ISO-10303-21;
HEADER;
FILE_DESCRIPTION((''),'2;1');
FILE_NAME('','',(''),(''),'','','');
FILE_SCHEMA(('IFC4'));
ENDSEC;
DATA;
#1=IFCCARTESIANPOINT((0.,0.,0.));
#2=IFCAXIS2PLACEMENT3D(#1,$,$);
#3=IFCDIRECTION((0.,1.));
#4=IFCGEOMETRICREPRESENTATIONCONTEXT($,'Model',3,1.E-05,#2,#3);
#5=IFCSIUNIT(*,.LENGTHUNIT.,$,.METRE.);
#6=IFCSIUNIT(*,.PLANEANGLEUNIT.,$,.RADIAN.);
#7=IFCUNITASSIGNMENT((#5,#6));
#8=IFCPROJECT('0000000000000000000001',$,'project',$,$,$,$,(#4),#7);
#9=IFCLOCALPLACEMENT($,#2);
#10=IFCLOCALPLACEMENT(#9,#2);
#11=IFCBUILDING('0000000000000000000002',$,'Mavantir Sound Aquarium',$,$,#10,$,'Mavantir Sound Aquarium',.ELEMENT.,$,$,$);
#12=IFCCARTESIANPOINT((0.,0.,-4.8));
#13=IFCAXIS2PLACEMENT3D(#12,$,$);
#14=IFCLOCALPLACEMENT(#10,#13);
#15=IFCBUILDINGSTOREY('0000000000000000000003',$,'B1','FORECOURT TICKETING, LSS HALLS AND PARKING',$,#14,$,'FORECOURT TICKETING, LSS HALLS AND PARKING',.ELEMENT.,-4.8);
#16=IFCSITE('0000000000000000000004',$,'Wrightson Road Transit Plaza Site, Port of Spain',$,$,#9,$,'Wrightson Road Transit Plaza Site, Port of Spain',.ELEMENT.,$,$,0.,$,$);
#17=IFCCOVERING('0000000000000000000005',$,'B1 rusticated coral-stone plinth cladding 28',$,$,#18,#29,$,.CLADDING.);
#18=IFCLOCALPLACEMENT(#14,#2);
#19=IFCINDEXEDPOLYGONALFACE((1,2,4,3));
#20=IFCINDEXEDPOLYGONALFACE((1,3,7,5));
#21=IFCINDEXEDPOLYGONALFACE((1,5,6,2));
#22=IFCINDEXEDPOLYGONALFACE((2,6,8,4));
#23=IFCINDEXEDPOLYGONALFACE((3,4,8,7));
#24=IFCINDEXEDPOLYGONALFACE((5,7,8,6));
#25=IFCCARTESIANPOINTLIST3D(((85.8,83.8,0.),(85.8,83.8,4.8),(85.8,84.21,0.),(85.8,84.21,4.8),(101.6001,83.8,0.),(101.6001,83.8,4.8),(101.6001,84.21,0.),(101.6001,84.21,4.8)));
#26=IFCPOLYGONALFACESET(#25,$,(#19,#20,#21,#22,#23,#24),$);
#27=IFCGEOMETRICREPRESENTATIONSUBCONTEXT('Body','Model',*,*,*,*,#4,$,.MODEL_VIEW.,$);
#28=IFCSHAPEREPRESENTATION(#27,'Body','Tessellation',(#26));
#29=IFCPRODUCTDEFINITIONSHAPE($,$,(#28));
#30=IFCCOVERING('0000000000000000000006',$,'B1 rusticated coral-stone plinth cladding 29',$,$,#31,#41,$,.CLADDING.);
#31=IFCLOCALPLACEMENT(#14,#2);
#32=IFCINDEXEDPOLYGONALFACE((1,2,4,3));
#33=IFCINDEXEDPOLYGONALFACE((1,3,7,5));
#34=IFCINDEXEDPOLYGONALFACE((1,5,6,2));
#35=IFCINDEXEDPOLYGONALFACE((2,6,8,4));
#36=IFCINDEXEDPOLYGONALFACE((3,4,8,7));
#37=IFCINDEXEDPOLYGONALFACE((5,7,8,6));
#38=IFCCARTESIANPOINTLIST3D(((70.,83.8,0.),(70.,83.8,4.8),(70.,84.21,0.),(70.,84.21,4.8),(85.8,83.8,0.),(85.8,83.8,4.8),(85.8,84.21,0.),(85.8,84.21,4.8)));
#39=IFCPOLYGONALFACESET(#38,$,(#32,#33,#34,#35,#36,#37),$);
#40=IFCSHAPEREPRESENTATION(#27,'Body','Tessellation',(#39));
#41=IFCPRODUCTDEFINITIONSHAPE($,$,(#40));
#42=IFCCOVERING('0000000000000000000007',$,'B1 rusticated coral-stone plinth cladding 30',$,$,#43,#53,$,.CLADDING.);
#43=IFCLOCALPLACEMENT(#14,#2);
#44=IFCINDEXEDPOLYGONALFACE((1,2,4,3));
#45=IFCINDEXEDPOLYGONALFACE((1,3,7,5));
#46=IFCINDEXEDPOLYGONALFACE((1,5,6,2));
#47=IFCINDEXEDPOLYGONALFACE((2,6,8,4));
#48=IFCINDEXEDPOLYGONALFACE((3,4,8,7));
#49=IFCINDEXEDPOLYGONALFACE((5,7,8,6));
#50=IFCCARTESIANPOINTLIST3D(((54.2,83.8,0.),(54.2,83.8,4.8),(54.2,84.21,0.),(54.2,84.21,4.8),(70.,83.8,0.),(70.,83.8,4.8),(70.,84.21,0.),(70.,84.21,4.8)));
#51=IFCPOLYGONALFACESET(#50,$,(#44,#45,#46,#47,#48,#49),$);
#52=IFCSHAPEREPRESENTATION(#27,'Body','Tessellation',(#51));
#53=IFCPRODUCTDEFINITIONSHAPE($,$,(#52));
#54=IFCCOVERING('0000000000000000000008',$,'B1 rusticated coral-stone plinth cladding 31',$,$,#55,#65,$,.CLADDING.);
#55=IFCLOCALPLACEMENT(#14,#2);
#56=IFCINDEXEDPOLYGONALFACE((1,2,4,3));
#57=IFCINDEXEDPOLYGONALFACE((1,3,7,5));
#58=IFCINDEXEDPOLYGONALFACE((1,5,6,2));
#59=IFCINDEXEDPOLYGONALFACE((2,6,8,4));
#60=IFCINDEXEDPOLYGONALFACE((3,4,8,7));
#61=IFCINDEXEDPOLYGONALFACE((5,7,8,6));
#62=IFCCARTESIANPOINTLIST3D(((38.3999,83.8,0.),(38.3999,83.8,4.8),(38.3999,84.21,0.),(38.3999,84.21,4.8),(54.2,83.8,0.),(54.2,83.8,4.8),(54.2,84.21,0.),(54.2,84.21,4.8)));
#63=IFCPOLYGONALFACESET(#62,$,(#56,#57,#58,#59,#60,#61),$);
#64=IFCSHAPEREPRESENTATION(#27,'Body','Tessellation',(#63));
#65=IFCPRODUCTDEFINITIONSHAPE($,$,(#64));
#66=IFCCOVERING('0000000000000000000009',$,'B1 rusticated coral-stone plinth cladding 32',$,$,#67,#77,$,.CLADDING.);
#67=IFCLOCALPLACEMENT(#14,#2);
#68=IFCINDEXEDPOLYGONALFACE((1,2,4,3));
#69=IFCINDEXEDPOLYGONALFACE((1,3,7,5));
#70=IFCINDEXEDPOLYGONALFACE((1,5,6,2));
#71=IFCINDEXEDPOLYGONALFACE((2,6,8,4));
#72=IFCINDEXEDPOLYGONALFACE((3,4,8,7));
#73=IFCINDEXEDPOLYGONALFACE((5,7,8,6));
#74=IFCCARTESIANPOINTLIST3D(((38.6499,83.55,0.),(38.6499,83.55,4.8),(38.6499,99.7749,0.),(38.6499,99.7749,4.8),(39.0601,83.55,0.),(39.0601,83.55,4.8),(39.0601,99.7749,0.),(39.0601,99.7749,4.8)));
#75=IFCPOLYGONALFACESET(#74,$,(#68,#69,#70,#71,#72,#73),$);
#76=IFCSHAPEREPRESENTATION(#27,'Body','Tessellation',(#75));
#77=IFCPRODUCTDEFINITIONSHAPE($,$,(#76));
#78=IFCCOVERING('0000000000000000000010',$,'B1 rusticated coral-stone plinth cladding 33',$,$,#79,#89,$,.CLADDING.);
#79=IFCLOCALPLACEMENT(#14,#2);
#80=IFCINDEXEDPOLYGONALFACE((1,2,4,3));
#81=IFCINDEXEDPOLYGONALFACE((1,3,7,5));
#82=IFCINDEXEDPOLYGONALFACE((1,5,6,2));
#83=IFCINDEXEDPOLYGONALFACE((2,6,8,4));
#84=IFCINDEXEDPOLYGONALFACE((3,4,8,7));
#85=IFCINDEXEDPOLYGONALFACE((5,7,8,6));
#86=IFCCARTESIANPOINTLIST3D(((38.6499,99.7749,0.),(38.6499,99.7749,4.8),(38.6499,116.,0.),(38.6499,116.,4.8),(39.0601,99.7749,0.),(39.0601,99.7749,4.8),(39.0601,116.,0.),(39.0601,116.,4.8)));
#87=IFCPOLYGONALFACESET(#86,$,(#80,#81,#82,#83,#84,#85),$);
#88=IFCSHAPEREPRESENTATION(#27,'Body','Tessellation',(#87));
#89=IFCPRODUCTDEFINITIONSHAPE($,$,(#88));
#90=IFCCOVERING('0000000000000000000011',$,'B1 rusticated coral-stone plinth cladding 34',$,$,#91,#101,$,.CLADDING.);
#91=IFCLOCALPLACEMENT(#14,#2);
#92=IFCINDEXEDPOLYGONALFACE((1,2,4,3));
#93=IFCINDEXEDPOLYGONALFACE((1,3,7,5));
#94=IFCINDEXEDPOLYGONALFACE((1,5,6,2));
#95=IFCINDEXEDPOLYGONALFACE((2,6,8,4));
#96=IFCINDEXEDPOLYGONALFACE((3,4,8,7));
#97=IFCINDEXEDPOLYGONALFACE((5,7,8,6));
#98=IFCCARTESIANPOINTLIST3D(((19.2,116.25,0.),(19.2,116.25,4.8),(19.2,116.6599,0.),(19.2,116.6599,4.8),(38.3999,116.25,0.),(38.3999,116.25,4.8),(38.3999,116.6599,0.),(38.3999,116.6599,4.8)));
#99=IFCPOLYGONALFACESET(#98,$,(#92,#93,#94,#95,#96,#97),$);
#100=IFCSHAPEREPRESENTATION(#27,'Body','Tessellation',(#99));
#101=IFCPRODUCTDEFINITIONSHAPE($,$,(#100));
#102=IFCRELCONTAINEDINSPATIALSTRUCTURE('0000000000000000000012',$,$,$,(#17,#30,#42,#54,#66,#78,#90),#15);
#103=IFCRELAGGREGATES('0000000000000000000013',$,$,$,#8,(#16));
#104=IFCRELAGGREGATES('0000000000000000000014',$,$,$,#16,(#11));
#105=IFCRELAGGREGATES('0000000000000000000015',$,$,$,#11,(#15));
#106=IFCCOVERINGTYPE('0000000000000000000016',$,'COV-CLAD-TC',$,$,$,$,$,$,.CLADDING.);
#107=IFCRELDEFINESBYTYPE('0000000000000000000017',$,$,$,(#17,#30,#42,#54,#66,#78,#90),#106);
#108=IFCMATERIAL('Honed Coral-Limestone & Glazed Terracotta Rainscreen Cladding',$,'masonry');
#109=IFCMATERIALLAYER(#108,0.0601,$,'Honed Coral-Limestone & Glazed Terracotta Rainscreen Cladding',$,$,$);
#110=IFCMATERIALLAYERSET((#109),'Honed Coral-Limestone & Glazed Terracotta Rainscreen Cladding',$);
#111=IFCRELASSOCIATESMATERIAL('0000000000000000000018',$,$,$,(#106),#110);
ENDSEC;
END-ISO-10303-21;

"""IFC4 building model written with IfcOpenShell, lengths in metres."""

from ifc_helpers import new_model, si_unit, direction, frame, origin, place, context, subcontext, project, spatial, polyline, outline, extrude, material, layer, layer_set, type_object, element, save


model = new_model("IFC4")

# Units and contexts
model_context = context("Model", 3, precision=1e-05, world=origin(), true_north=direction((0.0, 1.0)))
body_context = subcontext(model_context, "Body", "Model", "MODEL_VIEW")
ifc_project = project(units=[si_unit("LENGTHUNIT", "METRE"), si_unit("PLANEANGLEUNIT", "RADIAN")], contexts=[model_context])

# Site, building, storey
site_placement = place(None, origin())
site = spatial("IfcSite", under=ifc_project, at=site_placement, Name="Wrightson Road Transit Plaza Site, Port of Spain", LongName="Wrightson Road Transit Plaza Site, Port of Spain", CompositionType="ELEMENT", RefElevation=0.0)
building_placement = place(site_placement, origin())
building = spatial("IfcBuilding", under=site, at=building_placement, Name="Mavantir Sound Aquarium", LongName="Mavantir Sound Aquarium", CompositionType="ELEMENT")
storey_placement = place(building_placement, frame((0.0, 0.0, -4.8)))
storey = spatial("IfcBuildingStorey", under=building, at=storey_placement, Name="B1", Description="FORECOURT TICKETING, LSS HALLS AND PARKING", LongName="FORECOURT TICKETING, LSS HALLS AND PARKING", CompositionType="ELEMENT", Elevation=-4.8)

# Coverings
ifc_material_1 = material(Name="Honed Coral-Limestone & Glazed Terracotta Rainscreen Cladding", Category="masonry")
ifc_layer_1 = layer(ifc_material_1, 0.0601, Name="Honed Coral-Limestone & Glazed Terracotta Rainscreen Cladding")
ifc_layer_set_1 = layer_set([ifc_layer_1], Name="Honed Coral-Limestone & Glazed Terracotta Rainscreen Cladding")
covering_type = type_object("IfcCoveringType", Name="COV-CLAD-TC", PredefinedType="CLADDING", material=ifc_layer_set_1)
covering_1_placement = place(storey_placement, origin())
element("IfcCovering", 1, at=covering_1_placement, inside=storey, type_object=covering_type, Name="B1 rusticated coral-stone plinth cladding 28", PredefinedType="CLADDING", context=body_context, shape_type="SweptSolid", body=[
    extrude(outline(polyline([(101.6001, 83.8), (85.8, 83.8), (85.8, 84.21), (101.6001, 84.21), (101.6001, 83.8)])), origin(), (0.0, 0.0, 1.0), 4.8),
])
covering_2_placement = place(storey_placement, origin())
element("IfcCovering", 2, at=covering_2_placement, inside=storey, type_object=covering_type, Name="B1 rusticated coral-stone plinth cladding 29", PredefinedType="CLADDING", context=body_context, shape_type="SweptSolid", body=[
    extrude(outline(polyline([(85.8, 83.8), (70.0, 83.8), (70.0, 84.21), (85.8, 84.21), (85.8, 83.8)])), origin(), (0.0, 0.0, 1.0), 4.8),
])
covering_3_placement = place(storey_placement, origin())
element("IfcCovering", 3, at=covering_3_placement, inside=storey, type_object=covering_type, Name="B1 rusticated coral-stone plinth cladding 30", PredefinedType="CLADDING", context=body_context, shape_type="SweptSolid", body=[
    extrude(outline(polyline([(70.0, 83.8), (54.2, 83.8), (54.2, 84.21), (70.0, 84.21), (70.0, 83.8)])), origin(), (0.0, 0.0, 1.0), 4.8),
])
covering_4_placement = place(storey_placement, origin())
element("IfcCovering", 4, at=covering_4_placement, inside=storey, type_object=covering_type, Name="B1 rusticated coral-stone plinth cladding 31", PredefinedType="CLADDING", context=body_context, shape_type="SweptSolid", body=[
    extrude(outline(polyline([(54.2, 83.8), (38.3999, 83.8), (38.3999, 84.21), (54.2, 84.21), (54.2, 83.8)])), origin(), (0.0, 0.0, 1.0), 4.8),
])
covering_5_placement = place(storey_placement, origin())
element("IfcCovering", 5, at=covering_5_placement, inside=storey, type_object=covering_type, Name="B1 rusticated coral-stone plinth cladding 32", PredefinedType="CLADDING", context=body_context, shape_type="SweptSolid", body=[
    extrude(outline(polyline([(38.6499, 83.55), (38.6499, 99.7749), (39.0601, 99.7749), (39.0601, 83.55), (38.6499, 83.55)])), origin(), (0.0, 0.0, 1.0), 4.8),
])
covering_6_placement = place(storey_placement, origin())
element("IfcCovering", 6, at=covering_6_placement, inside=storey, type_object=covering_type, Name="B1 rusticated coral-stone plinth cladding 33", PredefinedType="CLADDING", context=body_context, shape_type="SweptSolid", body=[
    extrude(outline(polyline([(38.6499, 99.7749), (38.6499, 116.0), (39.0601, 116.0), (39.0601, 99.7749), (38.6499, 99.7749)])), origin(), (0.0, 0.0, 1.0), 4.8),
])
covering_7_placement = place(storey_placement, origin())
element("IfcCovering", 7, at=covering_7_placement, inside=storey, type_object=covering_type, Name="B1 rusticated coral-stone plinth cladding 34", PredefinedType="CLADDING", context=body_context, shape_type="SweptSolid", body=[
    extrude(outline(polyline([(38.3999, 116.25), (19.2, 116.25), (19.2, 116.6599), (38.3999, 116.6599), (38.3999, 116.25)])), origin(), (0.0, 0.0, 1.0), 4.8),
])

save(model, "model.ifc")
